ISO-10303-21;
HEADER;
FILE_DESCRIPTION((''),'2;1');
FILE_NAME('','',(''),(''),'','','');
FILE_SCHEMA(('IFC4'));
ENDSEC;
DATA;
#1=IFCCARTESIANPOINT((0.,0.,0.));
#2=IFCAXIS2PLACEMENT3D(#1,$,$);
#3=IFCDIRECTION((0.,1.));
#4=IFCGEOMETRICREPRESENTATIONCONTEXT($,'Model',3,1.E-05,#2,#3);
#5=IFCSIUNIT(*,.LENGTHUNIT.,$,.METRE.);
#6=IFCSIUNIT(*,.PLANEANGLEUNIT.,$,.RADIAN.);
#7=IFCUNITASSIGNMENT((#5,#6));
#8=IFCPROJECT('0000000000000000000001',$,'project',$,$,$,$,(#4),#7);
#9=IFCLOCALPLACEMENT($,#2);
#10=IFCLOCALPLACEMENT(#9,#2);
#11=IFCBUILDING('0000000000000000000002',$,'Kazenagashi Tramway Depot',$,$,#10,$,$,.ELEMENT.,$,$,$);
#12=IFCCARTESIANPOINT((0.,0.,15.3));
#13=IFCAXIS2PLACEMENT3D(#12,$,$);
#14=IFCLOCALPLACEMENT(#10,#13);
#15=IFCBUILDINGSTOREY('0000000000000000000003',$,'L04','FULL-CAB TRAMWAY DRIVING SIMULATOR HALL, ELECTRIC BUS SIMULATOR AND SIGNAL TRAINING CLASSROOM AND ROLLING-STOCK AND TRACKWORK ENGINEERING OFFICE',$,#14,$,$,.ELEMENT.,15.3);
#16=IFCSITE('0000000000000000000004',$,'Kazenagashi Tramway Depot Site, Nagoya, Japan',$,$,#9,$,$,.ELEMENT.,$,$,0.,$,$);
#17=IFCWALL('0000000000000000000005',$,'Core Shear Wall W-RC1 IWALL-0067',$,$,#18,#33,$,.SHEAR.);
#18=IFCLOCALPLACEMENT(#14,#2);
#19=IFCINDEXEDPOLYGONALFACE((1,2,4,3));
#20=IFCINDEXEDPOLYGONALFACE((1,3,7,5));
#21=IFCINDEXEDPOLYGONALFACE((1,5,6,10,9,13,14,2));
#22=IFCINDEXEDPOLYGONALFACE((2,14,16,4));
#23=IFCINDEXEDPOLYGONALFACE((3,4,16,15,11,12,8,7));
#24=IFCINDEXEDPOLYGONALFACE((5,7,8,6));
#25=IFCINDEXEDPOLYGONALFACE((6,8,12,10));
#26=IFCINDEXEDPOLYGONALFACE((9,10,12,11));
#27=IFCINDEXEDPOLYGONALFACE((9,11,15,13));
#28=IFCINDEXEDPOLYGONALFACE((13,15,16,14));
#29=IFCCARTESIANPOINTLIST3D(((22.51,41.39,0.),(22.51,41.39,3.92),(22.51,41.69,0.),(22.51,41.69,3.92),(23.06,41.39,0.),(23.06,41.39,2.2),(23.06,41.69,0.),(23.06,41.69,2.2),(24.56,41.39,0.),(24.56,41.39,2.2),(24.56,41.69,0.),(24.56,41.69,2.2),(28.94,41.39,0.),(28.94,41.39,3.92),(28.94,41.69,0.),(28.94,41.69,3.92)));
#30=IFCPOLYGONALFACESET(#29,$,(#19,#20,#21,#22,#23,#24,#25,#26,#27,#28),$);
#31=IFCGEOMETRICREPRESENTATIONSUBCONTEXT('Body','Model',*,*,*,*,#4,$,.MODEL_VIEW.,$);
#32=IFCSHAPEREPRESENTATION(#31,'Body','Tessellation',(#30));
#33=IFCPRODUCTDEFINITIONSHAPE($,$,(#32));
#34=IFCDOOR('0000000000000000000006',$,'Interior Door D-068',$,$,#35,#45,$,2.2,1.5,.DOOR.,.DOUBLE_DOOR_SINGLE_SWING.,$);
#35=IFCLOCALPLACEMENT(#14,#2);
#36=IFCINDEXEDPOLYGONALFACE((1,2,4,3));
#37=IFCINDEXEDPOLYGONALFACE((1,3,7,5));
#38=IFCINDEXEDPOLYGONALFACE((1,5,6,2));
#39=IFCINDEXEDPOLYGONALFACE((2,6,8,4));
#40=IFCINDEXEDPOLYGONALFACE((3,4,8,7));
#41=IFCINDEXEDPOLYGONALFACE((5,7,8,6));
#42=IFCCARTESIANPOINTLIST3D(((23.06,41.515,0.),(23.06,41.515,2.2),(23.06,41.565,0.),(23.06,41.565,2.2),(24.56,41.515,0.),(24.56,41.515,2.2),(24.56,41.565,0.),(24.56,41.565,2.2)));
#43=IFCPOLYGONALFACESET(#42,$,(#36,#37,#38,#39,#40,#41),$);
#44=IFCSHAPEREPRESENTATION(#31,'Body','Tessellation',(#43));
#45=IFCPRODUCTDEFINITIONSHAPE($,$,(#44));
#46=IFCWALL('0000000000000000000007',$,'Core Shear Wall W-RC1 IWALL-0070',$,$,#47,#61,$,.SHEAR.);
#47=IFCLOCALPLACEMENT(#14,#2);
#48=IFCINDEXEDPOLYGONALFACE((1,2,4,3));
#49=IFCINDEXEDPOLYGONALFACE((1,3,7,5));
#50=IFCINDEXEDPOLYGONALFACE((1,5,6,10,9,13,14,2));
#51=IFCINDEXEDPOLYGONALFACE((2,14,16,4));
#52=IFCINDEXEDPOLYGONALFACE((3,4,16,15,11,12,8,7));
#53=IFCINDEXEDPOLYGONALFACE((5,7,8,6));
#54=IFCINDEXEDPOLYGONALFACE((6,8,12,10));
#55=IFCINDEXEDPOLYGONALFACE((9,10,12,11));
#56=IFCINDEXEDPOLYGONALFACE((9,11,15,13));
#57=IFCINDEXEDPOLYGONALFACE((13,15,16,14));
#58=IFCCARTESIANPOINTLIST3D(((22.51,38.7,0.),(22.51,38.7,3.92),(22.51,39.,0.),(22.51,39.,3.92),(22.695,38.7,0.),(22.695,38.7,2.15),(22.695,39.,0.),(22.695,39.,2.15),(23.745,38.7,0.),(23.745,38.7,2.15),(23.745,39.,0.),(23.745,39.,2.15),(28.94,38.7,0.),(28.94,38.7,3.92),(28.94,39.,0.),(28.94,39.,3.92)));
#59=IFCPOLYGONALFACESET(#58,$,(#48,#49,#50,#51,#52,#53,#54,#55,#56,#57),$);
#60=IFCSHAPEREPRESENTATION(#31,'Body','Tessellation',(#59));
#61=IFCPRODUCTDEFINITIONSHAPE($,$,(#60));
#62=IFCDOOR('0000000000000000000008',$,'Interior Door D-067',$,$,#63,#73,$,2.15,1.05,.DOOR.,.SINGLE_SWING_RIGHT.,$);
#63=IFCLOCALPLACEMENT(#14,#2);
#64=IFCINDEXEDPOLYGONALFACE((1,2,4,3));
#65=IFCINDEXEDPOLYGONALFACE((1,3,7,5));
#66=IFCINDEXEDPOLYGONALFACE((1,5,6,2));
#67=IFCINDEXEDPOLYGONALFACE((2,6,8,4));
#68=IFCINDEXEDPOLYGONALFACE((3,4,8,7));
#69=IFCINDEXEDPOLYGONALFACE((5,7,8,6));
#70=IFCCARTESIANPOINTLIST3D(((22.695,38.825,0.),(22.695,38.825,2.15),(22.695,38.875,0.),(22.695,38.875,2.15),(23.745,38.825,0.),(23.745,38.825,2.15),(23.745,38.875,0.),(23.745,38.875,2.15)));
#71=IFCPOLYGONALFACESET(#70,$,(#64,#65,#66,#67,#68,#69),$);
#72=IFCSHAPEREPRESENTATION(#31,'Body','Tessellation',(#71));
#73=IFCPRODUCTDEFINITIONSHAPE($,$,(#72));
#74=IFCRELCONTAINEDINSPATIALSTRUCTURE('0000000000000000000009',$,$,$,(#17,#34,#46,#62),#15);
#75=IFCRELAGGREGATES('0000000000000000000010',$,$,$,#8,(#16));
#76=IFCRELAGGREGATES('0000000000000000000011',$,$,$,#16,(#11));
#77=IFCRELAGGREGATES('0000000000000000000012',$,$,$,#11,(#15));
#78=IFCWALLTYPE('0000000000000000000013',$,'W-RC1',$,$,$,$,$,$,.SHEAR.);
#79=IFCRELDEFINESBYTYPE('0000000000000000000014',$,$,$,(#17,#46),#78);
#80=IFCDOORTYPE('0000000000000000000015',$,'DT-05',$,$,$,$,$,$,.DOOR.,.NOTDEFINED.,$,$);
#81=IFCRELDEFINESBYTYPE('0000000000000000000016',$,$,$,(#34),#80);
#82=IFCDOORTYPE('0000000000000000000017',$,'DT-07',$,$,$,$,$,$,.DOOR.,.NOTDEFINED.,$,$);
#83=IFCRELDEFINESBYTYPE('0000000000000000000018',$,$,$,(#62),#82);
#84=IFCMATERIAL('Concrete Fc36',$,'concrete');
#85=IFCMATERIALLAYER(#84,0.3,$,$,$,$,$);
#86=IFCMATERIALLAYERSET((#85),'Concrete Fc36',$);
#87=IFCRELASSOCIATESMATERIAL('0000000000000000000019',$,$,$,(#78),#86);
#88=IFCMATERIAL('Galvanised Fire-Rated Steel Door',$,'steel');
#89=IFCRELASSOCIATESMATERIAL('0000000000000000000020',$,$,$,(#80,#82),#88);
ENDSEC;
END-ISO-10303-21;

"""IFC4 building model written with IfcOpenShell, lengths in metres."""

from ifc_helpers import new_model, si_unit, direction, frame, frame_2d, origin, place, context, subcontext, project, spatial, rectangle, extrude, material, layer, layer_set, type_object, element, fill, save


model = new_model("IFC4")

# Units and contexts
model_context = context("Model", 3, precision=1e-05, world=origin(), true_north=direction((0.0, 1.0)))
body_context = subcontext(model_context, "Body", "Model", "MODEL_VIEW")
ifc_project = project(units=[si_unit("LENGTHUNIT", "METRE"), si_unit("PLANEANGLEUNIT", "RADIAN")], contexts=[model_context])

# Site, building, storey
site_placement = place(None, origin())
site = spatial("IfcSite", under=ifc_project, at=site_placement, Name="Kazenagashi Tramway Depot Site, Nagoya, Japan", CompositionType="ELEMENT", RefElevation=0.0)
building_placement = place(site_placement, origin())
building = spatial("IfcBuilding", under=site, at=building_placement, Name="Kazenagashi Tramway Depot", CompositionType="ELEMENT")
storey_placement = place(building_placement, frame((0.0, 0.0, 15.3)))
storey = spatial("IfcBuildingStorey", under=building, at=storey_placement, Name="L04", Description="FULL-CAB TRAMWAY DRIVING SIMULATOR HALL, ELECTRIC BUS SIMULATOR AND SIGNAL TRAINING CLASSROOM AND ROLLING-STOCK AND TRACKWORK ENGINEERING OFFICE", CompositionType="ELEMENT", Elevation=15.3)

# Walls, openings, doors
ifc_material_1 = material(Name="Concrete Fc36", Category="concrete")
ifc_layer_1 = layer(ifc_material_1, 0.3)
ifc_layer_set_1 = layer_set([ifc_layer_1], Name="Concrete Fc36")
wall_type_1 = type_object("IfcWallType", Name="W-RC1", PredefinedType="SHEAR", material=ifc_layer_set_1)
wall_1_placement = place(storey_placement, frame((22.51, 41.54, 0.0), z_axis=(0.0, 0.0, 1.0), x_axis=(1.0, 0.0, 0.0)))
wall_1 = element("IfcWall", 1, at=wall_1_placement, inside=storey, type_object=wall_type_1, Name="Core Shear Wall W-RC1 IWALL-0067", PredefinedType="SHEAR", context=body_context, shape_type="SweptSolid", body=[
    extrude(rectangle(XDim=6.43, YDim=0.3, at=frame_2d((3.215, 0.0))), origin(), (0.0, 0.0, 1.0), 3.92),
])
opening_1_placement = place(wall_1_placement, frame((0.55, 0.0, 0.0)))
opening_1 = element("IfcOpeningElement", 2, at=opening_1_placement, cuts=wall_1, PredefinedType="OPENING", context=body_context, shape_type="SweptSolid", body=[
    extrude(rectangle(XDim=1.5, YDim=2.2, at=frame_2d((0.75, 1.1))), frame((0.0, 0.16, 0.0), z_axis=(0.0, -1.0, 0.0), x_axis=(1.0, 0.0, 0.0)), (0.0, 0.0, 1.0), 0.32),
])
ifc_material_2 = material(Name="Galvanised Fire-Rated Steel Door", Category="steel")
door_type_1 = type_object("IfcDoorType", Name="DT-05", OperationType="NOTDEFINED", PredefinedType="DOOR", material=ifc_material_2)
door_1_placement = place(opening_1_placement, origin())
door_1 = element("IfcDoor", 3, at=door_1_placement, inside=storey, type_object=door_type_1, Name="Interior Door D-068", OperationType="DOUBLE_DOOR_SINGLE_SWING", OverallHeight=2.2, OverallWidth=1.5, PredefinedType="DOOR", context=body_context, shape_type="SweptSolid", body=[
    extrude(rectangle(XDim=1.5, YDim=2.2, at=frame_2d((0.75, 1.1))), frame((0.0, 0.025, 0.0), z_axis=(0.0, -1.0, 0.0), x_axis=(1.0, 0.0, 0.0)), (0.0, 0.0, 1.0), 0.05),
])
fill(opening_1, door_1)
wall_2_placement = place(storey_placement, frame((22.51, 38.85, 0.0), z_axis=(0.0, 0.0, 1.0), x_axis=(1.0, 0.0, 0.0)))
wall_2 = element("IfcWall", 4, at=wall_2_placement, inside=storey, type_object=wall_type_1, Name="Core Shear Wall W-RC1 IWALL-0070", PredefinedType="SHEAR", context=body_context, shape_type="SweptSolid", body=[
    extrude(rectangle(XDim=6.43, YDim=0.3, at=frame_2d((3.215, 0.0))), origin(), (0.0, 0.0, 1.0), 3.92),
])
opening_2_placement = place(wall_2_placement, frame((0.185, 0.0, 0.0)))
opening_2 = element("IfcOpeningElement", 5, at=opening_2_placement, cuts=wall_2, PredefinedType="OPENING", context=body_context, shape_type="SweptSolid", body=[
    extrude(rectangle(XDim=1.05, YDim=2.15, at=frame_2d((0.525, 1.075))), frame((0.0, 0.16, 0.0), z_axis=(0.0, -1.0, 0.0), x_axis=(1.0, 0.0, 0.0)), (0.0, 0.0, 1.0), 0.32),
])
door_type_2 = type_object("IfcDoorType", Name="DT-07", OperationType="NOTDEFINED", PredefinedType="DOOR", material=ifc_material_2)
door_2_placement = place(opening_2_placement, origin())
door_2 = element("IfcDoor", 6, at=door_2_placement, inside=storey, type_object=door_type_2, Name="Interior Door D-067", OperationType="SINGLE_SWING_RIGHT", OverallHeight=2.15, OverallWidth=1.05, PredefinedType="DOOR", context=body_context, shape_type="SweptSolid", body=[
    extrude(rectangle(XDim=1.05, YDim=2.15, at=frame_2d((0.525, 1.075))), frame((0.0, 0.025, 0.0), z_axis=(0.0, -1.0, 0.0), x_axis=(1.0, 0.0, 0.0)), (0.0, 0.0, 1.0), 0.05),
])
fill(opening_2, door_2)

save(model, "model.ifc")
